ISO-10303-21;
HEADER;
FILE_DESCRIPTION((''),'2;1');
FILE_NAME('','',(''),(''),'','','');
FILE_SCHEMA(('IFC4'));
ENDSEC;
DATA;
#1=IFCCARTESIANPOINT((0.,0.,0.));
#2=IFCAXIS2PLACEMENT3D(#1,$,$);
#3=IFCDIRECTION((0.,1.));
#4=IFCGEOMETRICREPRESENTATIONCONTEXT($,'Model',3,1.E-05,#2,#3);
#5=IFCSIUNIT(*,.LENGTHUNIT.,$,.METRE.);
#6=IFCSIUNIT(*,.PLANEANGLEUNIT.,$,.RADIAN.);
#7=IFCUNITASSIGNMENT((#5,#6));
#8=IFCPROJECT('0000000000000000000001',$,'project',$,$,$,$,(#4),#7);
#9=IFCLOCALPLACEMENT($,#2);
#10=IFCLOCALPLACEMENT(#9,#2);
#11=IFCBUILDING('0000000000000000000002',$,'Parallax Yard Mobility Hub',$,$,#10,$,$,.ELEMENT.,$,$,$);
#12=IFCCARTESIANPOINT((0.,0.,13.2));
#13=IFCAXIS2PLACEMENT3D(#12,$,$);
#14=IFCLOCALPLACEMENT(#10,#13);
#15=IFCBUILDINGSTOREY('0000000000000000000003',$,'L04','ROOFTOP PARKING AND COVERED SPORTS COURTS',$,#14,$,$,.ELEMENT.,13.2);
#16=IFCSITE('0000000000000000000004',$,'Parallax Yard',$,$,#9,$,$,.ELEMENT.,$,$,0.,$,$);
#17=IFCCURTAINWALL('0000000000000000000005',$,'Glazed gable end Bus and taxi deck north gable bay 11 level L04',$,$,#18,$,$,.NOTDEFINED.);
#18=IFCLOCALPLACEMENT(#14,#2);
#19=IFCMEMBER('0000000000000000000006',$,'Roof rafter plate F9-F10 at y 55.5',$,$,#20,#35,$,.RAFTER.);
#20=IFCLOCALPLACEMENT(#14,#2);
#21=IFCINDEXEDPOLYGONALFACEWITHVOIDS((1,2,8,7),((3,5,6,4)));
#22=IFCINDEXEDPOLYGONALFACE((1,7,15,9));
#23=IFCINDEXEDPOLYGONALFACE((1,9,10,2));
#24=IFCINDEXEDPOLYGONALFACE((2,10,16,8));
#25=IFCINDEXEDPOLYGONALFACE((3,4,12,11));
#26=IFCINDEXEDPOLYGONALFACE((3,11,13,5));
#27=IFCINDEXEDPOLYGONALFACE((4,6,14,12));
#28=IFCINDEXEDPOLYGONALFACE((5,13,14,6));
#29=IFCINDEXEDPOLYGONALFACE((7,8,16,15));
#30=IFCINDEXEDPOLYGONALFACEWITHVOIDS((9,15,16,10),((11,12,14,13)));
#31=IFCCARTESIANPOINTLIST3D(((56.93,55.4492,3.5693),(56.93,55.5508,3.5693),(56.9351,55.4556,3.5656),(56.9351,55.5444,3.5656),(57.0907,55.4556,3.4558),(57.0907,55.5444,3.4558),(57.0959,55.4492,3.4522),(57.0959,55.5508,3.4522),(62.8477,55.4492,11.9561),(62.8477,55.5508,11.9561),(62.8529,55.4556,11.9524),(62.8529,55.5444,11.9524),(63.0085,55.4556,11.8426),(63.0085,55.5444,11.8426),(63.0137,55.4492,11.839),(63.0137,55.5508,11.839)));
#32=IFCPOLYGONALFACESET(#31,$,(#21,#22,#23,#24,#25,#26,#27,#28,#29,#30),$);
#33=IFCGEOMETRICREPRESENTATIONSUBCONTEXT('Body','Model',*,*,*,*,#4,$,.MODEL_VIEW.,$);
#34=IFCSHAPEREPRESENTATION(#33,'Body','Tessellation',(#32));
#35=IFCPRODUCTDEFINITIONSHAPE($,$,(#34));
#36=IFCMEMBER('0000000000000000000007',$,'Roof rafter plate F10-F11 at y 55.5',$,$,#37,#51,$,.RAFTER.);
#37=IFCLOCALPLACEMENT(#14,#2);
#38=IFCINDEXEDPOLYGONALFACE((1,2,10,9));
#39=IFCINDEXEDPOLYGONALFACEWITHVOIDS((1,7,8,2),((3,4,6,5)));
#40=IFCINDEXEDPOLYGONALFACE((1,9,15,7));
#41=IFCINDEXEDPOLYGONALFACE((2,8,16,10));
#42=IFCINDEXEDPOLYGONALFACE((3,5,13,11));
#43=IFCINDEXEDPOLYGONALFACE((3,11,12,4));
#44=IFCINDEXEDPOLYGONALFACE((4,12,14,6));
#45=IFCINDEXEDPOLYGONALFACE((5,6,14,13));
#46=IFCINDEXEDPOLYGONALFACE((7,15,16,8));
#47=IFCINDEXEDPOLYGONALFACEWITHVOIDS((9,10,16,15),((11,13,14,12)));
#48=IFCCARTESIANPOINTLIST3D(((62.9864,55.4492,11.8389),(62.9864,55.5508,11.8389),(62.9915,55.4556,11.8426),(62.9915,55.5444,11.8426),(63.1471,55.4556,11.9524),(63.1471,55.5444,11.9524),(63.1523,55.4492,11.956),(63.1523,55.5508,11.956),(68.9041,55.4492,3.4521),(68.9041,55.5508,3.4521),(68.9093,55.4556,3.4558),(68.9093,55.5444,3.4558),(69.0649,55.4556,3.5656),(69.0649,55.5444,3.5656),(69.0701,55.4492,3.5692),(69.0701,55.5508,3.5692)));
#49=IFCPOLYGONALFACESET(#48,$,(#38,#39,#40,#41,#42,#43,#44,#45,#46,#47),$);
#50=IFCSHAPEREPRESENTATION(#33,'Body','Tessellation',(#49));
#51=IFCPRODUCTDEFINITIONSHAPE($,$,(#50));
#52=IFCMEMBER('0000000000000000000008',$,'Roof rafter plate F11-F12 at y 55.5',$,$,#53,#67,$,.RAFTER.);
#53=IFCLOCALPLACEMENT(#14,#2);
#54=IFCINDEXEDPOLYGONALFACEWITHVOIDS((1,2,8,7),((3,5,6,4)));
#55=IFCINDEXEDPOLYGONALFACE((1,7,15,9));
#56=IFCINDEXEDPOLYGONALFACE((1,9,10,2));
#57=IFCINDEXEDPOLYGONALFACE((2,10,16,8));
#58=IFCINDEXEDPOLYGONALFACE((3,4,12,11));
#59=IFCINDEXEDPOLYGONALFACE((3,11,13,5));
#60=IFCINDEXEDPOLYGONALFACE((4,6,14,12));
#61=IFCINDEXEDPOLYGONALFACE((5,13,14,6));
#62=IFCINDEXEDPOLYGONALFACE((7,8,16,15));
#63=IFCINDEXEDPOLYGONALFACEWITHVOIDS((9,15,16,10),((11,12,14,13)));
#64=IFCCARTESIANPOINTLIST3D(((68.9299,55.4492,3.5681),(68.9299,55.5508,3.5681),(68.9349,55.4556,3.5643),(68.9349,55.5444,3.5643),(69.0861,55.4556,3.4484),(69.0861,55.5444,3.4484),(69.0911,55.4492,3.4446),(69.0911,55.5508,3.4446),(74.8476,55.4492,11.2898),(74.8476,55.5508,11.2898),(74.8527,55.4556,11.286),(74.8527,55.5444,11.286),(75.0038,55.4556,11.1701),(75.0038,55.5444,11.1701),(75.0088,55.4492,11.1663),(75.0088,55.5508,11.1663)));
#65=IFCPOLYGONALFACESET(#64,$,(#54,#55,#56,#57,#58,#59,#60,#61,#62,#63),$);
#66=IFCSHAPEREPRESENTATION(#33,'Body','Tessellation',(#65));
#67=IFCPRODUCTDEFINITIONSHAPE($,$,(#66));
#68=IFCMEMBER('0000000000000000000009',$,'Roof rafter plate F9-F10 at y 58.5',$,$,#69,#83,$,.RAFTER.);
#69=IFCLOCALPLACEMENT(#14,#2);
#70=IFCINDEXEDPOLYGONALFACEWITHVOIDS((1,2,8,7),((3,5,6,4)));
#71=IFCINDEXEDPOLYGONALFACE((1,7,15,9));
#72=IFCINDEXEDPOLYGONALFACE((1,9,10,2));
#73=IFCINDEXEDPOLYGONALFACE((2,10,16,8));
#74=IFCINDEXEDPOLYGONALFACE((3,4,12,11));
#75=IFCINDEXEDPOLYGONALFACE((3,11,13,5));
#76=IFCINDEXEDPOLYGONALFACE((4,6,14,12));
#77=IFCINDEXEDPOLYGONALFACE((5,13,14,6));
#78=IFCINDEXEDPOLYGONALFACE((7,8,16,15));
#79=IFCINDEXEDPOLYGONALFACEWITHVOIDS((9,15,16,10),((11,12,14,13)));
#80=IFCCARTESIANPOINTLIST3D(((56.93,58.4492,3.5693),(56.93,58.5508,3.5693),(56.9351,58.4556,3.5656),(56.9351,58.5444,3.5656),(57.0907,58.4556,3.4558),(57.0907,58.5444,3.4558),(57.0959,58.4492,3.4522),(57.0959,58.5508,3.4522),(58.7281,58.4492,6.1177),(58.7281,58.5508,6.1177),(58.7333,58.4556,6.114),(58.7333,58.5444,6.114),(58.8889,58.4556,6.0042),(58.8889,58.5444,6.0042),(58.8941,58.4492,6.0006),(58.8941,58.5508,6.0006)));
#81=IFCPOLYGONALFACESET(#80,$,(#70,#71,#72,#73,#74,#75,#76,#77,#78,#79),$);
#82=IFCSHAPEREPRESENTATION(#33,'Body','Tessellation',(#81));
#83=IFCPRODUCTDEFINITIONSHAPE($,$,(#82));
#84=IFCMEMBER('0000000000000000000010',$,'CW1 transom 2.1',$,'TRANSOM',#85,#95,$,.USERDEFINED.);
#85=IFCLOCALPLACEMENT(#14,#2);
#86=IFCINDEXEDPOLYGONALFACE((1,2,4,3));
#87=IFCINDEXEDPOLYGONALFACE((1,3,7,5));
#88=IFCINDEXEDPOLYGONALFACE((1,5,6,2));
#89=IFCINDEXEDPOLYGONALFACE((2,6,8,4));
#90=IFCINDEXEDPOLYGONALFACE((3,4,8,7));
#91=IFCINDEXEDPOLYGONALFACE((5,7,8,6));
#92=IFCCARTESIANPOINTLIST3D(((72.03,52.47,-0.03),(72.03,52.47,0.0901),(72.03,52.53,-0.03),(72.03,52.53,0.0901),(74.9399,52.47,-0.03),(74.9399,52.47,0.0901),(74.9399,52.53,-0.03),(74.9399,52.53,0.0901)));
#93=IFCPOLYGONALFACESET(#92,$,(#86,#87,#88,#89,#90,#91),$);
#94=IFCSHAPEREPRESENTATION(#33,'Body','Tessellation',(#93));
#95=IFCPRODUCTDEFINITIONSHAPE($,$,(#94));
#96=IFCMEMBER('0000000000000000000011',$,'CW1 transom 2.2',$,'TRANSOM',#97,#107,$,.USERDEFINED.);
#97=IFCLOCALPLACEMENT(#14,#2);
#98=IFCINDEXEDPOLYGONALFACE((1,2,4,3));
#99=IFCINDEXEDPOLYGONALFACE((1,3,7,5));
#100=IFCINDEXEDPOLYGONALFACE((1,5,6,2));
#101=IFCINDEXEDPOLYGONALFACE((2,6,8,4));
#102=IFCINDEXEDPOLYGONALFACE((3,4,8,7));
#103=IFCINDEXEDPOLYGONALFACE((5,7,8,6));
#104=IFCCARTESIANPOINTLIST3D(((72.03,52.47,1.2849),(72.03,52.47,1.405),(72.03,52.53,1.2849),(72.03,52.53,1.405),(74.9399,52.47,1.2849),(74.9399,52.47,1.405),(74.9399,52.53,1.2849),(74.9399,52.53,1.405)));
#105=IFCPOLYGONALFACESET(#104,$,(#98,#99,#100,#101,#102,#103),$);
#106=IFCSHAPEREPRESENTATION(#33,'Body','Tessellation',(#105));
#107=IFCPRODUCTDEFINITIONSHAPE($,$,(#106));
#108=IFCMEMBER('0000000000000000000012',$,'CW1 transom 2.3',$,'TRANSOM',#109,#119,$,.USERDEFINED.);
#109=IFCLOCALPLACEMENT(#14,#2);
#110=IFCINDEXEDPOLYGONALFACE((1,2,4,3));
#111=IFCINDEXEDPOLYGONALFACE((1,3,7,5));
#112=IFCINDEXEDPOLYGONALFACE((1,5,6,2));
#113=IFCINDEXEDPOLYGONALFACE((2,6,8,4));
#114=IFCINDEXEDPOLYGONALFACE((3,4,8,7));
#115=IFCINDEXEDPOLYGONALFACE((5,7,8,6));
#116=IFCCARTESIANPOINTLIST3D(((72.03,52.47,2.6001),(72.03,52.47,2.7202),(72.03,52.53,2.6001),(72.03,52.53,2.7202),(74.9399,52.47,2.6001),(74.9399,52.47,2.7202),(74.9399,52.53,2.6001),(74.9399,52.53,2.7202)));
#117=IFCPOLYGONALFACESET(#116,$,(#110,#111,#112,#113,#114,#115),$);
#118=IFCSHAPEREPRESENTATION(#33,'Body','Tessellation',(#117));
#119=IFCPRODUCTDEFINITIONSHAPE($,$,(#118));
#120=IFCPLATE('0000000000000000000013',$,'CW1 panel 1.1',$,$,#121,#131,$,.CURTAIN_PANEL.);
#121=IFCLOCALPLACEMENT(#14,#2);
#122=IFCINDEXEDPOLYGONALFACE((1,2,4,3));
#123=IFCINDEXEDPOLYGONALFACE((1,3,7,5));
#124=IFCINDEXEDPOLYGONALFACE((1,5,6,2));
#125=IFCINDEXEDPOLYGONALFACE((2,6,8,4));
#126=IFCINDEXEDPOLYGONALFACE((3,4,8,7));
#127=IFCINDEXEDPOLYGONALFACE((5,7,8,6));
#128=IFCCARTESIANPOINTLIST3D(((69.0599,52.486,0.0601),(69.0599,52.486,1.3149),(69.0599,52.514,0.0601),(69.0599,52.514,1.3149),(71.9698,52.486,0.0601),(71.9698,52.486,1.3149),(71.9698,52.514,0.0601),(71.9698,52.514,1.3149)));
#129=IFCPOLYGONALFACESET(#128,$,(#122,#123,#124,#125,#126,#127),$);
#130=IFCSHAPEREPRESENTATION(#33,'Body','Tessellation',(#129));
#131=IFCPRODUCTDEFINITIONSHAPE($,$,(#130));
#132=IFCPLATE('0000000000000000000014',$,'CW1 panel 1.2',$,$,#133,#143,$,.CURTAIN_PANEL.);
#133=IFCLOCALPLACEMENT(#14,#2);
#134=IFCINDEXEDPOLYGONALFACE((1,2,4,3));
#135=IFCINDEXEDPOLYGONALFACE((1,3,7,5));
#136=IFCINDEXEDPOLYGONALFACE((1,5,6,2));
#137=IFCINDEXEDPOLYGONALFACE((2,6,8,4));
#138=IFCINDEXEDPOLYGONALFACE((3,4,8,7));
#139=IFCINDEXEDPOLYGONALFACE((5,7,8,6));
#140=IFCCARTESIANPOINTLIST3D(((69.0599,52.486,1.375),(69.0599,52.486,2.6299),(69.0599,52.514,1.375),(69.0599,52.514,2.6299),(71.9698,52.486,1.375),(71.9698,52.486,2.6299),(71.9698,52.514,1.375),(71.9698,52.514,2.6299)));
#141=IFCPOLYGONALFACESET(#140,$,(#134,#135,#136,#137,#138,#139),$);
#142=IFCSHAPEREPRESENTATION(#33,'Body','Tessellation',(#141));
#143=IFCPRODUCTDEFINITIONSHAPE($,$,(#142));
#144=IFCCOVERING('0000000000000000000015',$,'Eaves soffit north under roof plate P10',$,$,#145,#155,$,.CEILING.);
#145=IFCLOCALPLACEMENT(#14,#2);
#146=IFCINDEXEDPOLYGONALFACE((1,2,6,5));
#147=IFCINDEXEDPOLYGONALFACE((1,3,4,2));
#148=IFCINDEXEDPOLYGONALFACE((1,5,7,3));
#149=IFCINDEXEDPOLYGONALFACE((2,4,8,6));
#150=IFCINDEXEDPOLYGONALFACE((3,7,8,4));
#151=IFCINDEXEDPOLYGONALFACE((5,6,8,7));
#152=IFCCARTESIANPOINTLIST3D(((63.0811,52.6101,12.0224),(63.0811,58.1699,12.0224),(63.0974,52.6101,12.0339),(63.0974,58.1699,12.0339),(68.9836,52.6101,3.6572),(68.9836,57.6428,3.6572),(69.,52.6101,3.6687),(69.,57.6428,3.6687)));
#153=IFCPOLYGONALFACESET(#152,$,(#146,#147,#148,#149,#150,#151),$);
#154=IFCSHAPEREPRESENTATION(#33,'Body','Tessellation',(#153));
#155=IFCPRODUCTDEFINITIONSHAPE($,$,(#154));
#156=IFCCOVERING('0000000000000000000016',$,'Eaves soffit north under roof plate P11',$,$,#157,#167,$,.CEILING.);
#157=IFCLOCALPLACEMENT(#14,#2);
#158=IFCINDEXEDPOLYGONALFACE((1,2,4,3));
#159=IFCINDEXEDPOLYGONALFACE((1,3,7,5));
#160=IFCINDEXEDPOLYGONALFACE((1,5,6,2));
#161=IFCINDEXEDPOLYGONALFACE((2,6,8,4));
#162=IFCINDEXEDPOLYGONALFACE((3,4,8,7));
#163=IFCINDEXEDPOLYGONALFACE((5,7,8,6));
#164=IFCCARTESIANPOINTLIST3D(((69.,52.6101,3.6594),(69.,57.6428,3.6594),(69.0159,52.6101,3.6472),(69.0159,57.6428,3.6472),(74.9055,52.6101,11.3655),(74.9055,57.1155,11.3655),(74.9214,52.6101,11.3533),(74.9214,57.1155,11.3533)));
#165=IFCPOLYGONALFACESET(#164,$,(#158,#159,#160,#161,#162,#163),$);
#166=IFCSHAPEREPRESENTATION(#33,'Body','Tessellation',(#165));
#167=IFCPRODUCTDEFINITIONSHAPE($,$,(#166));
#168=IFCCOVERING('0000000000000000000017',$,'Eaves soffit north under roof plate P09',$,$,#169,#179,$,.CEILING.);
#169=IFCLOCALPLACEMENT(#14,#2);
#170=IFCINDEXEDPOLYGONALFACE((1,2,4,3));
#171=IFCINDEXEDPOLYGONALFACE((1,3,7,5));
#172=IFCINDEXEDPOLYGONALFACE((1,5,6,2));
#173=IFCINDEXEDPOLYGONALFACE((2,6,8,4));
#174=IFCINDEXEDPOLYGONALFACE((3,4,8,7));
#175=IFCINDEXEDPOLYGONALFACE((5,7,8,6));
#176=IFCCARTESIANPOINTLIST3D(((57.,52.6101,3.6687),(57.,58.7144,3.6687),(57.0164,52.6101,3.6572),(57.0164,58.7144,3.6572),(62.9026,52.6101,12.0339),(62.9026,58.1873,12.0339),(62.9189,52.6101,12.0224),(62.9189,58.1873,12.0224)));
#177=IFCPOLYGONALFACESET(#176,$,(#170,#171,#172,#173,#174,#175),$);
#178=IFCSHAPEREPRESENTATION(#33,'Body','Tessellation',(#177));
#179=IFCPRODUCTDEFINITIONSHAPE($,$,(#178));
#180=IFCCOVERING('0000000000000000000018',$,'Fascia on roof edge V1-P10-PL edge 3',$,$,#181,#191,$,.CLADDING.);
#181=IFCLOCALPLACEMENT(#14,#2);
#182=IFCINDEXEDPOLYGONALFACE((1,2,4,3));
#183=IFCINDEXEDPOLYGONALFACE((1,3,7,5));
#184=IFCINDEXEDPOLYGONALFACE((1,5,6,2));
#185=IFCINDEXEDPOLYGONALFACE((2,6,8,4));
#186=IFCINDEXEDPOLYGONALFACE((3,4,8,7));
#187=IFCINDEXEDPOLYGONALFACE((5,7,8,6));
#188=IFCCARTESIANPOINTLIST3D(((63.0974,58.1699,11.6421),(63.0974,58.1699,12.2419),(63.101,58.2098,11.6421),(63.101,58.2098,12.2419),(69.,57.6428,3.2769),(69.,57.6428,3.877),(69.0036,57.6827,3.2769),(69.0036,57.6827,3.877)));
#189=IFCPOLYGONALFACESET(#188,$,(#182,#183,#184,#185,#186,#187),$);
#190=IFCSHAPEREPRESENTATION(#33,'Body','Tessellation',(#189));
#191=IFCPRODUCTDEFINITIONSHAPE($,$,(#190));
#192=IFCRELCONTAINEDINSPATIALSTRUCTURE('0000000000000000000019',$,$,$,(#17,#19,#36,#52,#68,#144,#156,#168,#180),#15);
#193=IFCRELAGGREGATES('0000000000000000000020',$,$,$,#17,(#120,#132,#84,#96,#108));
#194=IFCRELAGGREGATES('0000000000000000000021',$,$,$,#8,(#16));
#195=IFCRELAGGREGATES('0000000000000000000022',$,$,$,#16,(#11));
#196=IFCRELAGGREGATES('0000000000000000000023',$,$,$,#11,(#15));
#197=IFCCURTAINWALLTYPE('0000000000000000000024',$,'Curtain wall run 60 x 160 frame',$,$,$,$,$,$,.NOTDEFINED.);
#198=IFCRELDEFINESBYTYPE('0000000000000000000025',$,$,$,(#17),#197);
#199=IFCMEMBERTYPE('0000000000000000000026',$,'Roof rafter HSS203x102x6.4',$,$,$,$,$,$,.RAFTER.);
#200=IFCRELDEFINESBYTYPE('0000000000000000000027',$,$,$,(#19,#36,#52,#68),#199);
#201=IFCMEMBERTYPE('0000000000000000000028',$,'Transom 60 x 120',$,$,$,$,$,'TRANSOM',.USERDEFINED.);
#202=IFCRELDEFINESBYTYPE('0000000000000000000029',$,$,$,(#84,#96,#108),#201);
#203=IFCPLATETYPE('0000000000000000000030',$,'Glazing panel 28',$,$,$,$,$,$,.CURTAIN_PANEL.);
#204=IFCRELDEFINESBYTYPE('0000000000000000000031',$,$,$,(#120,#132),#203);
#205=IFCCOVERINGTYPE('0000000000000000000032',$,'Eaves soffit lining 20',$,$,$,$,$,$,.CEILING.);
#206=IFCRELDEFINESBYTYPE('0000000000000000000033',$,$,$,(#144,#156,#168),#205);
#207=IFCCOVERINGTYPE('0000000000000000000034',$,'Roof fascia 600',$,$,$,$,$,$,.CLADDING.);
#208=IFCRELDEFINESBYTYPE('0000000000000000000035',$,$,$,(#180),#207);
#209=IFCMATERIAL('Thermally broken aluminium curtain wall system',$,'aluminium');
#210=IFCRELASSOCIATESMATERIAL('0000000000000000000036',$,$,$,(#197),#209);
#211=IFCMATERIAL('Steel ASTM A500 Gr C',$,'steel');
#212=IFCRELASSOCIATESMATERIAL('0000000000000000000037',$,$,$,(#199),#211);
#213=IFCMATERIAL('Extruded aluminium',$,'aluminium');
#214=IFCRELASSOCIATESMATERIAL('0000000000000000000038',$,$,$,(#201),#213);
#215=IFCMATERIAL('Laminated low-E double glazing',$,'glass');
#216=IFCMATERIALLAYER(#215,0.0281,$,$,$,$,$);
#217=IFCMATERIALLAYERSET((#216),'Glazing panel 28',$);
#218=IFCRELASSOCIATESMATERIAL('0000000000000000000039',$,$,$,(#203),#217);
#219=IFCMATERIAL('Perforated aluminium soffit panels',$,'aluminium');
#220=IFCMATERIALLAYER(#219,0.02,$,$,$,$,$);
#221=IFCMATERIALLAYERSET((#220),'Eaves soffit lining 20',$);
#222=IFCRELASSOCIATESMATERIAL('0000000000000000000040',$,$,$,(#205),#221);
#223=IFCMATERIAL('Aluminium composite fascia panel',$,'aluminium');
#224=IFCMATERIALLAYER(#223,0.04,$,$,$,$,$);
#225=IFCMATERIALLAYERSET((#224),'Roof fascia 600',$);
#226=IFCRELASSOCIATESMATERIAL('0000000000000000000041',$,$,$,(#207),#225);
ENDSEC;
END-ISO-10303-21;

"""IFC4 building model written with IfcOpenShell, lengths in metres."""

from ifc_helpers import new_model, si_unit, direction, frame, origin, origin_2d, place, context, subcontext, project, spatial, polyline, rectangle, hollow_rectangle, outline, extrude, material, layer, layer_set, material_profile, profile_set, type_object, element, aggregate, save


model = new_model("IFC4")

# Units and contexts
model_context = context("Model", 3, precision=1e-05, world=origin(), true_north=direction((0.0, 1.0)))
body_context = subcontext(model_context, "Body", "Model", "MODEL_VIEW")
ifc_project = project(units=[si_unit("LENGTHUNIT", "METRE"), si_unit("PLANEANGLEUNIT", "RADIAN")], contexts=[model_context])

# Site, building, storey
site_placement = place(None, origin())
site = spatial("IfcSite", under=ifc_project, at=site_placement, Name="Parallax Yard", CompositionType="ELEMENT", RefElevation=0.0)
building_placement = place(site_placement, origin())
building = spatial("IfcBuilding", under=site, at=building_placement, Name="Parallax Yard Mobility Hub", CompositionType="ELEMENT")
storey_placement = place(building_placement, frame((0.0, 0.0, 13.2)))
storey = spatial("IfcBuildingStorey", under=building, at=storey_placement, Name="L04", Description="ROOFTOP PARKING AND COVERED SPORTS COURTS", CompositionType="ELEMENT", Elevation=13.2)

# Curtain wall
ifc_material_1 = material(Name="Thermally broken aluminium curtain wall system", Category="aluminium")
curtain_wall_type = type_object("IfcCurtainWallType", Name="Curtain wall run 60 x 160 frame", PredefinedType="NOTDEFINED", material=ifc_material_1)
curtain_wall_placement = place(storey_placement, origin())
curtain_wall = element("IfcCurtainWall", 1, at=curtain_wall_placement, inside=storey, type_object=curtain_wall_type, Name="Glazed gable end Bus and taxi deck north gable bay 11 level L04", PredefinedType="NOTDEFINED")
ifc_material_2 = material(Name="Extruded aluminium", Category="aluminium")

# Shared definitions
ifc_material_3 = material(Name="Steel ASTM A500 Gr C", Category="steel")

# Members
ifc_material_profile_1 = material_profile(ifc_material_3, hollow_rectangle(XDim=0.1016, YDim=0.2031, WallThickness=0.0063, at=origin_2d()), Name="HSS203x102x6.4")
ifc_profile_set_1 = profile_set([ifc_material_profile_1], Name="Steel ASTM A500 Gr C")
member_type_1 = type_object("IfcMemberType", Name="Roof rafter HSS203x102x6.4", PredefinedType="RAFTER", material=ifc_profile_set_1)
for number, where, z_axis, x_axis, name in (
    (2, (57.0129, 55.5, 3.5107), (0.576533, 0.0, 0.817074), (0.0, 1.0, 0.0), "Roof rafter plate F9-F10 at y 55.5"),
    (3, (63.0693, 55.5, 11.8975), (0.576533, 0.0, -0.817074), (0.0, 1.0, 0.0), "Roof rafter plate F10-F11 at y 55.5"),
):
    element("IfcMember", number, at=place(storey_placement, frame(where, z_axis=z_axis, x_axis=x_axis)), inside=storey, type_object=member_type_1, Name=name, PredefinedType="RAFTER", context=body_context, shape_type="SweptSolid", body=[
        extrude(hollow_rectangle(XDim=0.1016, YDim=0.2031, WallThickness=0.0063, at=origin_2d()), origin(), (0.0, 0.0, 1.0), 10.2644),
    ])
member_1_placement = place(storey_placement, frame((69.0105, 55.5, 3.5063), z_axis=(0.608287, 0.0, 0.793717), x_axis=(0.0, 1.0, 0.0)))
element("IfcMember", 4, at=member_1_placement, inside=storey, type_object=member_type_1, Name="Roof rafter plate F11-F12 at y 55.5", PredefinedType="RAFTER", context=body_context, shape_type="SweptSolid", body=[
    extrude(hollow_rectangle(XDim=0.1016, YDim=0.2031, WallThickness=0.0063, at=origin_2d()), origin(), (0.0, 0.0, 1.0), 9.7285),
])
member_2_placement = place(storey_placement, frame((57.0129, 58.5, 3.5107), z_axis=(0.576526, 0.0, 0.817078), x_axis=(0.0, 1.0, 0.0)))
element("IfcMember", 5, at=member_2_placement, inside=storey, type_object=member_type_1, Name="Roof rafter plate F9-F10 at y 58.5", PredefinedType="RAFTER", context=body_context, shape_type="SweptSolid", body=[
    extrude(hollow_rectangle(XDim=0.1016, YDim=0.2031, WallThickness=0.0063, at=origin_2d()), origin(), (0.0, 0.0, 1.0), 3.1189),
])

# Members
ifc_material_profile_2 = material_profile(ifc_material_2, rectangle(XDim=0.0601, YDim=0.1201, at=origin_2d()), Name="Transom 60 x 120")
ifc_profile_set_2 = profile_set([ifc_material_profile_2], Name="Extruded aluminium")
member_type_2 = type_object("IfcMemberType", Name="Transom 60 x 120", ElementType="TRANSOM", PredefinedType="USERDEFINED", material=ifc_profile_set_2)
member_3_placement = place(storey_placement, frame((72.03, 52.5, 0.03), z_axis=(1.0, 0.0, 0.0), x_axis=(0.0, 1.0, 0.0)))
member_3 = element("IfcMember", 6, at=member_3_placement, type_object=member_type_2, Name="CW1 transom 2.1", ObjectType="TRANSOM", PredefinedType="USERDEFINED", context=body_context, shape_type="SweptSolid", body=[
    extrude(rectangle(XDim=0.0601, YDim=0.1201, at=origin_2d()), origin(), (0.0, 0.0, 1.0), 2.9099),
])
member_4_placement = place(storey_placement, frame((72.03, 52.5, 1.345), z_axis=(1.0, 0.0, 0.0), x_axis=(0.0, 1.0, 0.0)))
member_4 = element("IfcMember", 7, at=member_4_placement, type_object=member_type_2, Name="CW1 transom 2.2", ObjectType="TRANSOM", PredefinedType="USERDEFINED", context=body_context, shape_type="SweptSolid", body=[
    extrude(rectangle(XDim=0.0601, YDim=0.1201, at=origin_2d()), origin(), (0.0, 0.0, 1.0), 2.9099),
])
member_5_placement = place(storey_placement, frame((72.03, 52.5, 2.6602), z_axis=(1.0, 0.0, 0.0), x_axis=(0.0, 1.0, 0.0)))
member_5 = element("IfcMember", 8, at=member_5_placement, type_object=member_type_2, Name="CW1 transom 2.3", ObjectType="TRANSOM", PredefinedType="USERDEFINED", context=body_context, shape_type="SweptSolid", body=[
    extrude(rectangle(XDim=0.0601, YDim=0.1201, at=origin_2d()), origin(), (0.0, 0.0, 1.0), 2.9099),
])

# Plates
ifc_material_4 = material(Name="Laminated low-E double glazing", Category="glass")
ifc_layer_1 = layer(ifc_material_4, 0.0281)
ifc_layer_set_1 = layer_set([ifc_layer_1], Name="Glazing panel 28")
plate_type = type_object("IfcPlateType", Name="Glazing panel 28", PredefinedType="CURTAIN_PANEL", material=ifc_layer_set_1)
plate_1_placement = place(storey_placement, frame((70.5149, 52.5, 0.0601), z_axis=(0.0, 0.0, 1.0), x_axis=(1.0, 0.0, 0.0)))
plate_1 = element("IfcPlate", 9, at=plate_1_placement, type_object=plate_type, Name="CW1 panel 1.1", PredefinedType="CURTAIN_PANEL", context=body_context, shape_type="SweptSolid", body=[
    extrude(rectangle(XDim=2.9099, YDim=0.0281, at=origin_2d()), origin(), (0.0, 0.0, 1.0), 1.2549),
])
plate_2_placement = place(storey_placement, frame((70.5149, 52.5, 1.375), z_axis=(0.0, 0.0, 1.0), x_axis=(1.0, 0.0, 0.0)))
plate_2 = element("IfcPlate", 10, at=plate_2_placement, type_object=plate_type, Name="CW1 panel 1.2", PredefinedType="CURTAIN_PANEL", context=body_context, shape_type="SweptSolid", body=[
    extrude(rectangle(XDim=2.9099, YDim=0.0281, at=origin_2d()), origin(), (0.0, 0.0, 1.0), 1.2549),
])
aggregate(curtain_wall, [plate_1, plate_2, member_3, member_4, member_5])

# Coverings
ifc_material_5 = material(Name="Perforated aluminium soffit panels", Category="aluminium")
ifc_layer_2 = layer(ifc_material_5, 0.02)
ifc_layer_set_2 = layer_set([ifc_layer_2], Name="Eaves soffit lining 20")
covering_type_1 = type_object("IfcCoveringType", Name="Eaves soffit lining 20", PredefinedType="CEILING", material=ifc_layer_set_2)
covering_1_placement = place(storey_placement, frame((63.0974, 58.1699, 12.0339), z_axis=(0.817073, 0.0, 0.576534), x_axis=(0.575772, -0.051416, -0.815992)))
element("IfcCovering", 11, at=covering_1_placement, inside=storey, type_object=covering_type_1, Name="Eaves soffit north under roof plate P10", PredefinedType="CEILING", context=body_context, shape_type="SweptSolid", body=[
    extrude(outline(polyline([(0.0, 0.0), (10.2516, 0.0), (10.5104, -5.0261), (0.2859, -5.5525), (0.0, 0.0)])), origin(), (0.0, 0.0, -1.0), 0.02),
])
covering_2_placement = place(storey_placement, frame((69.0, 57.6428, 3.6594), z_axis=(-0.793729, 0.0, 0.608272), x_axis=(0.607377, -0.054237, 0.79256)))
element("IfcCovering", 12, at=covering_2_placement, inside=storey, type_object=covering_type_1, Name="Eaves soffit north under roof plate P11", PredefinedType="CEILING", context=body_context, shape_type="SweptSolid", body=[
    extrude(outline(polyline([(0.0, 0.0), (9.723, 0.0), (9.9673, -4.4987), (0.273, -5.0253), (0.0, 0.0)])), origin(), (0.0, 0.0, -1.0), 0.02),
])
covering_3_placement = place(storey_placement, frame((57.0, 58.7144, 3.6687), z_axis=(-0.817073, 0.0, 0.576534), x_axis=(0.575772, -0.051416, 0.815992)))
element("IfcCovering", 13, at=covering_3_placement, inside=storey, type_object=covering_type_1, Name="Eaves soffit north under roof plate P09", PredefinedType="CEILING", context=body_context, shape_type="SweptSolid", body=[
    extrude(outline(polyline([(0.0, 0.0), (10.2516, 0.0), (10.5384, -5.5698), (0.3139, -6.0962), (0.0, 0.0)])), origin(), (0.0, 0.0, -1.0), 0.02),
])
ifc_material_6 = material(Name="Aluminium composite fascia panel", Category="aluminium")
ifc_layer_3 = layer(ifc_material_6, 0.04)
ifc_layer_set_3 = layer_set([ifc_layer_3], Name="Roof fascia 600")
covering_type_2 = type_object("IfcCoveringType", Name="Roof fascia 600", PredefinedType="CLADDING", material=ifc_layer_set_3)
covering_4_placement = place(storey_placement, frame((69.0, 57.6428, 3.877), z_axis=(-0.088946, -0.996036, 0.0), x_axis=(-0.575783, 0.051417, 0.815984)))
element("IfcCovering", 14, at=covering_4_placement, inside=storey, type_object=covering_type_2, Name="Fascia on roof edge V1-P10-PL edge 3", PredefinedType="CLADDING", context=body_context, shape_type="SweptSolid", body=[
    extrude(outline(polyline([(0.0, 0.0), (10.2514, 0.0), (9.7619, 0.3468), (-0.4897, 0.3469), (0.0, 0.0)])), origin(), (0.0, 0.0, -1.0), 0.04),
])

save(model, "model.ifc")
